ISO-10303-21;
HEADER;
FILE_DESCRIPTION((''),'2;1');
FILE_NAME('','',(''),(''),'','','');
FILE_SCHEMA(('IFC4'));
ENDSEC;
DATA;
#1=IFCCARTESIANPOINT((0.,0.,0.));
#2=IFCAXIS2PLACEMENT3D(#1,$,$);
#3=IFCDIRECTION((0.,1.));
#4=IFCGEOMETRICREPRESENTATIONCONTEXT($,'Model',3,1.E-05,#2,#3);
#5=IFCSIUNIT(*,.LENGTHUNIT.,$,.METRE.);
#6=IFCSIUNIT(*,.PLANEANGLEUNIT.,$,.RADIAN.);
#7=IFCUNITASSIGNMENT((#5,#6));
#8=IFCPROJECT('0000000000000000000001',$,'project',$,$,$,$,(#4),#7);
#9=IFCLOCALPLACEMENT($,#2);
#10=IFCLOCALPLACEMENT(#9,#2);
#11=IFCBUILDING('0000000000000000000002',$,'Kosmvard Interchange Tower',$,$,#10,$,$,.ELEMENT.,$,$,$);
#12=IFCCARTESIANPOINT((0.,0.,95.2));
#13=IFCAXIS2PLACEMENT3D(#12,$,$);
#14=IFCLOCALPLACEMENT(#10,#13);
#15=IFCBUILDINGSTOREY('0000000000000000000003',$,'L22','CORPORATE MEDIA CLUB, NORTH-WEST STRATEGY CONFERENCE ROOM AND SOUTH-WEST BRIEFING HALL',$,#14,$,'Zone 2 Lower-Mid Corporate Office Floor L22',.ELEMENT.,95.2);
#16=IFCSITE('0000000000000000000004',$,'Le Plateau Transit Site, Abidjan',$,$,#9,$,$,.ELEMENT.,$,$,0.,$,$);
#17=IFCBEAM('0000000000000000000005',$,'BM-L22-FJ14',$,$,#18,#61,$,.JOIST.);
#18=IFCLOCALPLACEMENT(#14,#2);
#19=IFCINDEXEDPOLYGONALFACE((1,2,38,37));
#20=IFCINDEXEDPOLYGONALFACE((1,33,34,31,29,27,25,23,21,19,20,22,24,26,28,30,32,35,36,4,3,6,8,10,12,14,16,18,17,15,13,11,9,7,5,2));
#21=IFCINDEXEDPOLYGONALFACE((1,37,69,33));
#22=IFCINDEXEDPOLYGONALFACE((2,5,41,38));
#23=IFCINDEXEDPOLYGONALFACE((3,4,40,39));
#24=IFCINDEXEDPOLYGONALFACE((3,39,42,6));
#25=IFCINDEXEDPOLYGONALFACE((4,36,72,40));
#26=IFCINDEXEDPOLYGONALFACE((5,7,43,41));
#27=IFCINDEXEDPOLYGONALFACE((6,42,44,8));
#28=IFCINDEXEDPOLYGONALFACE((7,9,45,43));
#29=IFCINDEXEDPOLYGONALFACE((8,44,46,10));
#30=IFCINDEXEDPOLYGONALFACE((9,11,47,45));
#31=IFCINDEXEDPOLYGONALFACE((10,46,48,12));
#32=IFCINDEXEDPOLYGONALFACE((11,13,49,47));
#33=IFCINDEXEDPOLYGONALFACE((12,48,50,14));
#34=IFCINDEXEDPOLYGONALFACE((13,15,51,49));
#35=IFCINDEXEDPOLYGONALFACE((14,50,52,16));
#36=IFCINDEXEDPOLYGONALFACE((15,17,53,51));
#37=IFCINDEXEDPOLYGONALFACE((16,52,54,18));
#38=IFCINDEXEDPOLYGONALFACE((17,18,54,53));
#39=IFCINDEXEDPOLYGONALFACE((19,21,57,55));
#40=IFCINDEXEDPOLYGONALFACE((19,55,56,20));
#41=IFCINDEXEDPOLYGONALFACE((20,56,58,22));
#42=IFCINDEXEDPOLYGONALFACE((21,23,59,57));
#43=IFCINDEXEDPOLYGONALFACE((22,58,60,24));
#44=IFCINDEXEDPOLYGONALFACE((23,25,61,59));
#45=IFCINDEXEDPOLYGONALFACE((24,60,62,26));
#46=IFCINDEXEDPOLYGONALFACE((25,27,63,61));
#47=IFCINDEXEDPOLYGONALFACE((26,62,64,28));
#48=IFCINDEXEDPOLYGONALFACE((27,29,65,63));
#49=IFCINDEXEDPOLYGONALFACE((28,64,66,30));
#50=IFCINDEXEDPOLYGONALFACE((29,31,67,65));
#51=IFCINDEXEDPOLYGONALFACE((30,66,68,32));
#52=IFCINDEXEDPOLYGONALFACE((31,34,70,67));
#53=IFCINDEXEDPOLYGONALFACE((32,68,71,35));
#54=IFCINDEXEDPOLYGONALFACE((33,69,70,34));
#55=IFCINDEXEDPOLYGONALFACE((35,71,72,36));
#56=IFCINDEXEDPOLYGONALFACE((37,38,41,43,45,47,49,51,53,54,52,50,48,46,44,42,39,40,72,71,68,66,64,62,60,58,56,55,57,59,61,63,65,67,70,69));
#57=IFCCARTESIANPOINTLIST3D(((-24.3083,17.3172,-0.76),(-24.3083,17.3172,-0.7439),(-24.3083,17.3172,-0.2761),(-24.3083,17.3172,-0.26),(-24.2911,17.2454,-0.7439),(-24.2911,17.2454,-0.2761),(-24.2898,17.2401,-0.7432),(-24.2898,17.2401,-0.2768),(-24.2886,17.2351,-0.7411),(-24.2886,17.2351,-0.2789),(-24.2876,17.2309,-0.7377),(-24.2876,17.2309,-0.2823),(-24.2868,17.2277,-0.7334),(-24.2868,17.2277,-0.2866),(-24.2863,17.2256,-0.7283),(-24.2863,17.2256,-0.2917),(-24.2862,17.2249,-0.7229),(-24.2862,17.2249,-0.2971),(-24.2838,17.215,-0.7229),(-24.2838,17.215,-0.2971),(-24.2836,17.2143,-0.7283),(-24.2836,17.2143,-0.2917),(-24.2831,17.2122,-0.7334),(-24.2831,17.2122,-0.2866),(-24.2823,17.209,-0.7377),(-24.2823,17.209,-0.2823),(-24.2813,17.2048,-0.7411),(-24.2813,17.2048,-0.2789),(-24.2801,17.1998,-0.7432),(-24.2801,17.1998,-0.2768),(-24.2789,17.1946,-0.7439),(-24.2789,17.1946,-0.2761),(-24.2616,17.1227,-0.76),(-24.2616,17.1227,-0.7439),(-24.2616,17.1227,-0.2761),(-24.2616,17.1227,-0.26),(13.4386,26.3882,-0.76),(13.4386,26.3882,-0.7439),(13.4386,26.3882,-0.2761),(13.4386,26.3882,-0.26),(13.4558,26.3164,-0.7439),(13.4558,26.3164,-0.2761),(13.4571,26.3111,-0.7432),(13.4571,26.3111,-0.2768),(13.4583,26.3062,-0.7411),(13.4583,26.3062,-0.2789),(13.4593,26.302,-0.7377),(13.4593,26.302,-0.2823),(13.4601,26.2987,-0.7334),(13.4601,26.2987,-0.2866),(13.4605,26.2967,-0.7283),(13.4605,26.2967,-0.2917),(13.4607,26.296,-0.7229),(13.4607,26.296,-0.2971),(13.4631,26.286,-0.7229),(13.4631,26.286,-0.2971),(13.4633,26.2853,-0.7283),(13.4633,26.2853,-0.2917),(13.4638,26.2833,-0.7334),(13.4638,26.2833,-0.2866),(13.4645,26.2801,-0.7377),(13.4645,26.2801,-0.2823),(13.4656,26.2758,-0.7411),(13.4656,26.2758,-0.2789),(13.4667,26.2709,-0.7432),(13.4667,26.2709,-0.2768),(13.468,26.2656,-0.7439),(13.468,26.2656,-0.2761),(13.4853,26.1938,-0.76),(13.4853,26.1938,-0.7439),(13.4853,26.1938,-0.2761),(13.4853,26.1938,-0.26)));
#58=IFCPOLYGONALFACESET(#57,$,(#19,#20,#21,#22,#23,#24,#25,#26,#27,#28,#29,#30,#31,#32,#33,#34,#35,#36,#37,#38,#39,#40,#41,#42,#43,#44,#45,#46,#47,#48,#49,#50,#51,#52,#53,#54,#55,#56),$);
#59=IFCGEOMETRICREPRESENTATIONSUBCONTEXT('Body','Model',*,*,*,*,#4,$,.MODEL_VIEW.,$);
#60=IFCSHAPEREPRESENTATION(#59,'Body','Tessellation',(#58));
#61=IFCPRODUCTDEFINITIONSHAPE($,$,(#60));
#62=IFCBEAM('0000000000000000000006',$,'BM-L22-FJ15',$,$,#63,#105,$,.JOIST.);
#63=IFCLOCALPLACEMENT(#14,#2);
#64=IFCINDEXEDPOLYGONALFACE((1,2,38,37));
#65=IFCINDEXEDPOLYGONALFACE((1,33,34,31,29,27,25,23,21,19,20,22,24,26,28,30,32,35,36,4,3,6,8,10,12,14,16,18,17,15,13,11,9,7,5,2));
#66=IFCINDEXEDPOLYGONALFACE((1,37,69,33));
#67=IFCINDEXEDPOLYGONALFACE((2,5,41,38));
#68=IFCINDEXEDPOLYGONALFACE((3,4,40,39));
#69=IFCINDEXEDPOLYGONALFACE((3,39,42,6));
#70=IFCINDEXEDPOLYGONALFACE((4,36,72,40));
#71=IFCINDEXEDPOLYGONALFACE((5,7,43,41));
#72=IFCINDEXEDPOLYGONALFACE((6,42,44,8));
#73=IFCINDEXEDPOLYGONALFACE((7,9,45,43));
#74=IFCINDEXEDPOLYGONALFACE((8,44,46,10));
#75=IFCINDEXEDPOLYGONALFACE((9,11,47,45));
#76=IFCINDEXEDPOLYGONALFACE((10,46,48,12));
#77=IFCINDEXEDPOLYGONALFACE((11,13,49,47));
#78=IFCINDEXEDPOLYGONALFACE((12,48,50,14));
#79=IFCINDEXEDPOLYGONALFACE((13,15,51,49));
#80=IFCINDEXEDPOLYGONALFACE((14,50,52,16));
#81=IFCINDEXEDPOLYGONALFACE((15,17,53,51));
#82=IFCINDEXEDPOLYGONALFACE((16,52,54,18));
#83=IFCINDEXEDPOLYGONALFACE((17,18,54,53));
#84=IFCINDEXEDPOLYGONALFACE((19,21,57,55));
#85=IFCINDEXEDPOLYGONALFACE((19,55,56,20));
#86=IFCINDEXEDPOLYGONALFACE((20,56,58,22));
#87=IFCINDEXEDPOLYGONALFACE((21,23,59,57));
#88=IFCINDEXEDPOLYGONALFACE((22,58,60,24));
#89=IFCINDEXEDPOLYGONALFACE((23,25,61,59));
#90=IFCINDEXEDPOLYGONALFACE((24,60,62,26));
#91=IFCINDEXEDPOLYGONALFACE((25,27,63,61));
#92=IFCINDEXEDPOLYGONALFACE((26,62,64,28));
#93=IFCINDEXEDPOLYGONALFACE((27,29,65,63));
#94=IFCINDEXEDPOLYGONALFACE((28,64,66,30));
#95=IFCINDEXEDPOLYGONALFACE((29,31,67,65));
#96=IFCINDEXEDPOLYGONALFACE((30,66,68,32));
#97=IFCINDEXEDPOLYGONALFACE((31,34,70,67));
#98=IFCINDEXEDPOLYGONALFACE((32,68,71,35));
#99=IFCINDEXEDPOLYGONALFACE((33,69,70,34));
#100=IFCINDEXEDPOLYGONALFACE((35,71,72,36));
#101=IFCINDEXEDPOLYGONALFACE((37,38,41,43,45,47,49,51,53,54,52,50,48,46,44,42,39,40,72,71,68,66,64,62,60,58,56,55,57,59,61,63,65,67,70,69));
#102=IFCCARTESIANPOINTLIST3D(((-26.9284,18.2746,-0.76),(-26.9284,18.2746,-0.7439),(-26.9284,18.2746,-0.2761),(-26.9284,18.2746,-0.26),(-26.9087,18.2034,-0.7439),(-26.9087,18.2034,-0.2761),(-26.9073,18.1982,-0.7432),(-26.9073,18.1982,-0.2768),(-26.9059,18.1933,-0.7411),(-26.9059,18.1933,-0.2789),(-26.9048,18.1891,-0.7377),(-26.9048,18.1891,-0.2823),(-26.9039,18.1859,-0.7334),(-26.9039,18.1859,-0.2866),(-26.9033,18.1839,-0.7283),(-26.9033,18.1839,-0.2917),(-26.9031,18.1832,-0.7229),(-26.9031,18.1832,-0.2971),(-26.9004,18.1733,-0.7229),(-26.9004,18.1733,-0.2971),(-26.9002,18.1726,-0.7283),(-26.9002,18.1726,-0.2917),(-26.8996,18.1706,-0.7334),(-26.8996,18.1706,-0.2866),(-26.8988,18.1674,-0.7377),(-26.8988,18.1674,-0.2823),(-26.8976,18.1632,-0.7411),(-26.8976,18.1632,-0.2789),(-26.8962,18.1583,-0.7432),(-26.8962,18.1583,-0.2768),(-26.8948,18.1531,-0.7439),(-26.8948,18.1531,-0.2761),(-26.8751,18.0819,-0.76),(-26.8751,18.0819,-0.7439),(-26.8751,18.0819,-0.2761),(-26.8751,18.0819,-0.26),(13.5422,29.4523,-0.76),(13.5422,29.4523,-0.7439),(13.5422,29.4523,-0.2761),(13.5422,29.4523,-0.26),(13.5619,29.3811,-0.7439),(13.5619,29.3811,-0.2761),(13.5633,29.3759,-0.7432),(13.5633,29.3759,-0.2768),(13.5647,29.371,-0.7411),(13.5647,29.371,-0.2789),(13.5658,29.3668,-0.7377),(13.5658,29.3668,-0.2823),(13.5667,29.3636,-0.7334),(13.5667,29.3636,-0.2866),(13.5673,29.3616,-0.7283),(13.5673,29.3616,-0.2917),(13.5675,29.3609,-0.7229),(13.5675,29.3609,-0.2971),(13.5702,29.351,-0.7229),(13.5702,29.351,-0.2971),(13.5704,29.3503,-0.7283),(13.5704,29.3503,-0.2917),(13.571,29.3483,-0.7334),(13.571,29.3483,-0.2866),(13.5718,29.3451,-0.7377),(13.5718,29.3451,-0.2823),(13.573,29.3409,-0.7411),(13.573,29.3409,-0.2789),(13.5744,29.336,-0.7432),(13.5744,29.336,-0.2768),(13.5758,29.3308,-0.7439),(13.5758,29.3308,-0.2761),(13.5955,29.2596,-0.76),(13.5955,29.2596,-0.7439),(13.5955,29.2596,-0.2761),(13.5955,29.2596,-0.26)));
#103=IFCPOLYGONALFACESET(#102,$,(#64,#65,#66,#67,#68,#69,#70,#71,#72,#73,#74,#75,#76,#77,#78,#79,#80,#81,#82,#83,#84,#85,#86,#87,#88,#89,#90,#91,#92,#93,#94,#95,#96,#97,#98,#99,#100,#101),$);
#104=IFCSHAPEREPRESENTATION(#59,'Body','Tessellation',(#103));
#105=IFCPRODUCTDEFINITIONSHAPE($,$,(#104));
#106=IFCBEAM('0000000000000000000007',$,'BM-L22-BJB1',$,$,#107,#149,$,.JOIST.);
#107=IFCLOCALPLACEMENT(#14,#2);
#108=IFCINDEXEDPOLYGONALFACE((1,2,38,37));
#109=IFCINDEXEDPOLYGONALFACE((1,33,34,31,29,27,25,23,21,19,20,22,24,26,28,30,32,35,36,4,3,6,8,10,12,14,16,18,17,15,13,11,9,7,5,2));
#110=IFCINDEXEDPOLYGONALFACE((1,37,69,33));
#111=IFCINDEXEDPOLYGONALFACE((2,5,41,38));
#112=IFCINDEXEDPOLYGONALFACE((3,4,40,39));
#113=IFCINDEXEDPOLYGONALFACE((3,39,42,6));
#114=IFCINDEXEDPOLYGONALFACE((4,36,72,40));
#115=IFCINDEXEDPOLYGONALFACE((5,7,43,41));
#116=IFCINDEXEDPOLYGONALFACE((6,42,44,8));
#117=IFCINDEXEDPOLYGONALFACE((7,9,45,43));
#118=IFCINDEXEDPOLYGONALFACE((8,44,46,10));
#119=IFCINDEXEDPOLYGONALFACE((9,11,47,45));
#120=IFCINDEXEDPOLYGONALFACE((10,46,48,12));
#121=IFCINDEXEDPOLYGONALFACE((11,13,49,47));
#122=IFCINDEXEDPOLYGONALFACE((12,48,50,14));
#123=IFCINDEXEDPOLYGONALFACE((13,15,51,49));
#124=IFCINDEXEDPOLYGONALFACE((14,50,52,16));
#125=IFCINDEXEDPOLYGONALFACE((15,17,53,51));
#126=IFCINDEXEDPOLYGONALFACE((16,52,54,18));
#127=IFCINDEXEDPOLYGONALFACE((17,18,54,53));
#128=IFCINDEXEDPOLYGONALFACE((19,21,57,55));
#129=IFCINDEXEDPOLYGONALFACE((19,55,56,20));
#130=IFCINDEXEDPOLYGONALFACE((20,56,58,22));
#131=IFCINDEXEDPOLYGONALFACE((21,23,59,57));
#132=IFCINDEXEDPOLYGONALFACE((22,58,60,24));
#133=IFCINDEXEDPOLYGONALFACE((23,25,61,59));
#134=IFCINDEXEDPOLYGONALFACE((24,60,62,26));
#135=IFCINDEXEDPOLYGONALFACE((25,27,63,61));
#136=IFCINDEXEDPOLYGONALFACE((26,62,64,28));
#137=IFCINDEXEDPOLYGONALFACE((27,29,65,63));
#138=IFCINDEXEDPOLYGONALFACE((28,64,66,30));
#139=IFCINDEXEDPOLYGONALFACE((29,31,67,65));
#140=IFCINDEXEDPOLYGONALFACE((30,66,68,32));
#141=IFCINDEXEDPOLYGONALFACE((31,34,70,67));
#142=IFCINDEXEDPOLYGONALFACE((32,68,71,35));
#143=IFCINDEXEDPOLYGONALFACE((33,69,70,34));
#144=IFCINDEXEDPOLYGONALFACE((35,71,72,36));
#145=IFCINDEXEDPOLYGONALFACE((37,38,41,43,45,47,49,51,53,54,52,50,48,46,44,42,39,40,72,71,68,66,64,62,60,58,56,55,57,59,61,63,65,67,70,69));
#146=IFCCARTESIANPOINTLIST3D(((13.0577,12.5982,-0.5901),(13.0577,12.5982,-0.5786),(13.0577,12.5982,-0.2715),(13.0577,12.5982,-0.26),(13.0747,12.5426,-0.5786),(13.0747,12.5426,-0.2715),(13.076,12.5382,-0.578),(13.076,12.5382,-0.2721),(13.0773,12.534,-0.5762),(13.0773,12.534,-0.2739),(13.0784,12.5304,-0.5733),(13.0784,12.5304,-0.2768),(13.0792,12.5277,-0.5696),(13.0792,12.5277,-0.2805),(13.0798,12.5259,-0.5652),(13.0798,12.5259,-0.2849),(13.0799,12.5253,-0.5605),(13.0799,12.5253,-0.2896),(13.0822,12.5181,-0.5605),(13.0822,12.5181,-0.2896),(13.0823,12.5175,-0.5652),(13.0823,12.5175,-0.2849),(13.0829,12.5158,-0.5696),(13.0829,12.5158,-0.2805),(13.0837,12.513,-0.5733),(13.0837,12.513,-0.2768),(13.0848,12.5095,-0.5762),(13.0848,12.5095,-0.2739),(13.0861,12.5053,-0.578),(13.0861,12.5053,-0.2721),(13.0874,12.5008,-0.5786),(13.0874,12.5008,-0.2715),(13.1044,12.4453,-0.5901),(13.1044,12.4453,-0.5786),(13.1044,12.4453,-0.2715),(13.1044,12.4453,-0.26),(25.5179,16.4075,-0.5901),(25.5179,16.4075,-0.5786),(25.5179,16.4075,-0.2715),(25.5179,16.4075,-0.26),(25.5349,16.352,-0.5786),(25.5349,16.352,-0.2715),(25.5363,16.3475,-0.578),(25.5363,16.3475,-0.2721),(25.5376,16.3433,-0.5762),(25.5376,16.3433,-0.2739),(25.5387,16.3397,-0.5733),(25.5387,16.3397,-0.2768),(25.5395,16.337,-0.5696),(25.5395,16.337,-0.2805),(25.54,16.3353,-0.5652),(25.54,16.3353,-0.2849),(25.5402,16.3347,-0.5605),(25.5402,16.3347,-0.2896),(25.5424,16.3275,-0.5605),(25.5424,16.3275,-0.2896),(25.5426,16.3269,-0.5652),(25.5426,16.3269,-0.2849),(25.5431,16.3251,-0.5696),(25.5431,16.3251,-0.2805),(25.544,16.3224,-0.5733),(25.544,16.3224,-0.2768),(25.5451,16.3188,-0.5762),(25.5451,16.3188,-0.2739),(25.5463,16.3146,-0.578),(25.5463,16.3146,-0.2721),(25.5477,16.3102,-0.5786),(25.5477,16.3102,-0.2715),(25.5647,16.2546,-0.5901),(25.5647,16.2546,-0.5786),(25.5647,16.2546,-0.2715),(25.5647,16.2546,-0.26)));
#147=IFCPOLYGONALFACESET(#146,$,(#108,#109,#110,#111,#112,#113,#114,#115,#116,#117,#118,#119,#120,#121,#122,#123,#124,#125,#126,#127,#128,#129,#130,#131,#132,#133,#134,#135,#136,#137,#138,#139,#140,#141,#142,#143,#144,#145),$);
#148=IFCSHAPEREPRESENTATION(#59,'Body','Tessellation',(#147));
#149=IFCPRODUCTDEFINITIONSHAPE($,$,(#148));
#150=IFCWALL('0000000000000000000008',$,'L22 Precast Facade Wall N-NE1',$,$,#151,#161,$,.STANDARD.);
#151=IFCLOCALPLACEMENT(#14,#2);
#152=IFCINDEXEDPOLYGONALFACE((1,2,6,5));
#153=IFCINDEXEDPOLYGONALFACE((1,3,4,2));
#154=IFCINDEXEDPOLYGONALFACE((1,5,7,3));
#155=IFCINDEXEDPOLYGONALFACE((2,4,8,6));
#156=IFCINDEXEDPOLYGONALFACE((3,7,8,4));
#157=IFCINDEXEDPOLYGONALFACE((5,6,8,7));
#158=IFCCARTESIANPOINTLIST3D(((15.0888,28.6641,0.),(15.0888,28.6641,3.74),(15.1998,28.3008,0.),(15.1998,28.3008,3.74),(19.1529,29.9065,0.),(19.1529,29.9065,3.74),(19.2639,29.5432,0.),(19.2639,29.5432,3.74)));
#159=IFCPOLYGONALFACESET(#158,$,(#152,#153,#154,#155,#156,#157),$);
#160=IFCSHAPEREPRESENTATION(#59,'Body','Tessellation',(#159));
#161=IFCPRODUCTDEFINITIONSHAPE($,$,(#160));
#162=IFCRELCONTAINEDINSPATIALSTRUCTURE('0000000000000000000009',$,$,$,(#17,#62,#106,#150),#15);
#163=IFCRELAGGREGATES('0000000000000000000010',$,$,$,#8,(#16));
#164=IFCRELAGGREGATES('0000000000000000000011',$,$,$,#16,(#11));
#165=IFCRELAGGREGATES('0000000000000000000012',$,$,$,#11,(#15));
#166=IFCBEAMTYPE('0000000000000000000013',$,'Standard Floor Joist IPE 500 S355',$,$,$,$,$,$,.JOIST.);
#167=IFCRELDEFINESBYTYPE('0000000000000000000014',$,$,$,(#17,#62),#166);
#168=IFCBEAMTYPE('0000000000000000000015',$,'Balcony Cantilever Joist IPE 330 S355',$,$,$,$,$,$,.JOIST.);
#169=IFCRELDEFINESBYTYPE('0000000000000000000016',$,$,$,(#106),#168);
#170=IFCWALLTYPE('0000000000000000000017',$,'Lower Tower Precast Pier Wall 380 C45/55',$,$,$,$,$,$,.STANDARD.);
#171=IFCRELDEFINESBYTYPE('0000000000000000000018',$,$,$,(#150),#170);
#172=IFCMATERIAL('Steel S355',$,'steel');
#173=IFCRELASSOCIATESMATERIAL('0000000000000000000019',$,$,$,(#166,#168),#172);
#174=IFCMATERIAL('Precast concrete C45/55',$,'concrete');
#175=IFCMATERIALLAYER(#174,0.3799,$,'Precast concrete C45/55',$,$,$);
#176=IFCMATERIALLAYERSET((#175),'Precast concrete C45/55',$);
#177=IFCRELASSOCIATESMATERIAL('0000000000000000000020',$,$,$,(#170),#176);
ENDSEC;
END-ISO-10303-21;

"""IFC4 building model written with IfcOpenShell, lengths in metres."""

from ifc_helpers import new_model, si_unit, direction, frame, frame_2d, origin, origin_2d, place, context, subcontext, project, spatial, rectangle, i_section, extrude, source, transform, mapped, material, layer, layer_set, material_profile, profile_set, type_object, element, save


model = new_model("IFC4")

# Units and contexts
model_context = context("Model", 3, precision=1e-05, world=origin(), true_north=direction((0.0, 1.0)))
body_context = subcontext(model_context, "Body", "Model", "MODEL_VIEW")
ifc_project = project(units=[si_unit("LENGTHUNIT", "METRE"), si_unit("PLANEANGLEUNIT", "RADIAN")], contexts=[model_context])

# Site, building, storey
site_placement = place(None, origin())
site = spatial("IfcSite", under=ifc_project, at=site_placement, Name="Le Plateau Transit Site, Abidjan", CompositionType="ELEMENT", RefElevation=0.0)
building_placement = place(site_placement, origin())
building = spatial("IfcBuilding", under=site, at=building_placement, Name="Kosmvard Interchange Tower", CompositionType="ELEMENT")
storey_placement = place(building_placement, frame((0.0, 0.0, 95.2)))
storey = spatial("IfcBuildingStorey", under=building, at=storey_placement, Name="L22", Description="CORPORATE MEDIA CLUB, NORTH-WEST STRATEGY CONFERENCE ROOM AND SOUTH-WEST BRIEFING HALL", LongName="Zone 2 Lower-Mid Corporate Office Floor L22", CompositionType="ELEMENT", Elevation=95.2)

# Beams
ifc_material_1 = material(Name="Steel S355", Category="steel")
ifc_material_2 = material(Name="Precast concrete C45/55", Category="concrete")
ifc_material_profile_1 = material_profile(ifc_material_1, i_section(OverallWidth=0.2, OverallDepth=0.5, WebThickness=0.0103, FlangeThickness=0.0161, FilletRadius=0.021, at=origin_2d()), Name="IPE 500")
ifc_profile_set_1 = profile_set([ifc_material_profile_1], Name="Steel S355")
beam_type_1 = type_object("IfcBeamType", Name="Standard Floor Joist IPE 500 S355", PredefinedType="JOIST", material=ifc_profile_set_1)
shared_shape_1 = source(origin(), body_context, "Body", "SweptSolid", [
    extrude(i_section(OverallWidth=0.2, OverallDepth=0.5, WebThickness=0.0103, FlangeThickness=0.0161, FilletRadius=0.021, at=origin_2d()), origin(), (0.0, 0.0, 1.0), 38.8215),
])
beam_1_placement = place(storey_placement, frame((13.4619, 26.291, -0.51), z_axis=(-0.972318, -0.233661, 0.0), x_axis=(0.233661, -0.972318, 0.0)))
element("IfcBeam", 1, at=beam_1_placement, inside=storey, type_object=beam_type_1, Name="BM-L22-FJ14", PredefinedType="JOIST", context=body_context, shape_type="MappedRepresentation", body=[
    mapped(shared_shape_1, transform((0.0, 0.0, 0.0), scale=1.0)),
])
shared_shape_2 = source(origin(), body_context, "Body", "SweptSolid", [
    extrude(i_section(OverallWidth=0.2, OverallDepth=0.5, WebThickness=0.0103, FlangeThickness=0.0161, FilletRadius=0.021, at=origin_2d()), origin(), (0.0, 0.0, 1.0), 41.9858),
])
beam_2_placement = place(storey_placement, frame((13.5688, 29.356, -0.51), z_axis=(-0.963911, -0.266226, 0.0), x_axis=(0.266226, -0.963911, 0.0)))
element("IfcBeam", 2, at=beam_2_placement, inside=storey, type_object=beam_type_1, Name="BM-L22-FJ15", PredefinedType="JOIST", context=body_context, shape_type="MappedRepresentation", body=[
    mapped(shared_shape_2, transform((0.0, 0.0, 0.0), scale=1.0)),
])
ifc_material_profile_2 = material_profile(ifc_material_1, i_section(OverallWidth=0.1599, OverallDepth=0.3301, WebThickness=0.0076, FlangeThickness=0.0115, FilletRadius=0.0181, at=origin_2d()), Name="IPE 330")
ifc_profile_set_2 = profile_set([ifc_material_profile_2], Name="Steel S355")
beam_type_2 = type_object("IfcBeamType", Name="Balcony Cantilever Joist IPE 330 S355", PredefinedType="JOIST", material=ifc_profile_set_2)
shared_shape_3 = source(origin(), body_context, "Body", "SweptSolid", [
    extrude(i_section(OverallWidth=0.1599, OverallDepth=0.3301, WebThickness=0.0076, FlangeThickness=0.0115, FilletRadius=0.0181, at=origin_2d()), origin(), (0.0, 0.0, 1.0), 13.0295),
])
beam_3_placement = place(storey_placement, frame((13.0811, 12.5217, -0.425), z_axis=(0.956308, 0.292362, 0.0), x_axis=(-0.292362, 0.956308, 0.0)))
element("IfcBeam", 3, at=beam_3_placement, inside=storey, type_object=beam_type_2, Name="BM-L22-BJB1", PredefinedType="JOIST", context=body_context, shape_type="MappedRepresentation", body=[
    mapped(shared_shape_3, transform((0.0, 0.0, 0.0), scale=1.0)),
])

# Wall
ifc_layer_1 = layer(ifc_material_2, 0.3799, Name="Precast concrete C45/55")
ifc_layer_set_1 = layer_set([ifc_layer_1], Name="Precast concrete C45/55")
wall_type = type_object("IfcWallType", Name="Lower Tower Precast Pier Wall 380 C45/55", PredefinedType="STANDARD", material=ifc_layer_set_1)
wall_1_placement = place(storey_placement, frame((19.2085, 29.7249, 0.0), z_axis=(0.0, 0.0, 1.0), x_axis=(-0.956313, -0.292346, 0.0)))
element("IfcWall", 4, at=wall_1_placement, inside=storey, type_object=wall_type, Name="L22 Precast Facade Wall N-NE1", PredefinedType="STANDARD", context=body_context, shape_type="SweptSolid", body=[
    extrude(rectangle(XDim=4.2498, YDim=0.3799, at=frame_2d((2.125, 0.0))), origin(), (0.0, 0.0, 1.0), 3.74),
])

save(model, "model.ifc")
